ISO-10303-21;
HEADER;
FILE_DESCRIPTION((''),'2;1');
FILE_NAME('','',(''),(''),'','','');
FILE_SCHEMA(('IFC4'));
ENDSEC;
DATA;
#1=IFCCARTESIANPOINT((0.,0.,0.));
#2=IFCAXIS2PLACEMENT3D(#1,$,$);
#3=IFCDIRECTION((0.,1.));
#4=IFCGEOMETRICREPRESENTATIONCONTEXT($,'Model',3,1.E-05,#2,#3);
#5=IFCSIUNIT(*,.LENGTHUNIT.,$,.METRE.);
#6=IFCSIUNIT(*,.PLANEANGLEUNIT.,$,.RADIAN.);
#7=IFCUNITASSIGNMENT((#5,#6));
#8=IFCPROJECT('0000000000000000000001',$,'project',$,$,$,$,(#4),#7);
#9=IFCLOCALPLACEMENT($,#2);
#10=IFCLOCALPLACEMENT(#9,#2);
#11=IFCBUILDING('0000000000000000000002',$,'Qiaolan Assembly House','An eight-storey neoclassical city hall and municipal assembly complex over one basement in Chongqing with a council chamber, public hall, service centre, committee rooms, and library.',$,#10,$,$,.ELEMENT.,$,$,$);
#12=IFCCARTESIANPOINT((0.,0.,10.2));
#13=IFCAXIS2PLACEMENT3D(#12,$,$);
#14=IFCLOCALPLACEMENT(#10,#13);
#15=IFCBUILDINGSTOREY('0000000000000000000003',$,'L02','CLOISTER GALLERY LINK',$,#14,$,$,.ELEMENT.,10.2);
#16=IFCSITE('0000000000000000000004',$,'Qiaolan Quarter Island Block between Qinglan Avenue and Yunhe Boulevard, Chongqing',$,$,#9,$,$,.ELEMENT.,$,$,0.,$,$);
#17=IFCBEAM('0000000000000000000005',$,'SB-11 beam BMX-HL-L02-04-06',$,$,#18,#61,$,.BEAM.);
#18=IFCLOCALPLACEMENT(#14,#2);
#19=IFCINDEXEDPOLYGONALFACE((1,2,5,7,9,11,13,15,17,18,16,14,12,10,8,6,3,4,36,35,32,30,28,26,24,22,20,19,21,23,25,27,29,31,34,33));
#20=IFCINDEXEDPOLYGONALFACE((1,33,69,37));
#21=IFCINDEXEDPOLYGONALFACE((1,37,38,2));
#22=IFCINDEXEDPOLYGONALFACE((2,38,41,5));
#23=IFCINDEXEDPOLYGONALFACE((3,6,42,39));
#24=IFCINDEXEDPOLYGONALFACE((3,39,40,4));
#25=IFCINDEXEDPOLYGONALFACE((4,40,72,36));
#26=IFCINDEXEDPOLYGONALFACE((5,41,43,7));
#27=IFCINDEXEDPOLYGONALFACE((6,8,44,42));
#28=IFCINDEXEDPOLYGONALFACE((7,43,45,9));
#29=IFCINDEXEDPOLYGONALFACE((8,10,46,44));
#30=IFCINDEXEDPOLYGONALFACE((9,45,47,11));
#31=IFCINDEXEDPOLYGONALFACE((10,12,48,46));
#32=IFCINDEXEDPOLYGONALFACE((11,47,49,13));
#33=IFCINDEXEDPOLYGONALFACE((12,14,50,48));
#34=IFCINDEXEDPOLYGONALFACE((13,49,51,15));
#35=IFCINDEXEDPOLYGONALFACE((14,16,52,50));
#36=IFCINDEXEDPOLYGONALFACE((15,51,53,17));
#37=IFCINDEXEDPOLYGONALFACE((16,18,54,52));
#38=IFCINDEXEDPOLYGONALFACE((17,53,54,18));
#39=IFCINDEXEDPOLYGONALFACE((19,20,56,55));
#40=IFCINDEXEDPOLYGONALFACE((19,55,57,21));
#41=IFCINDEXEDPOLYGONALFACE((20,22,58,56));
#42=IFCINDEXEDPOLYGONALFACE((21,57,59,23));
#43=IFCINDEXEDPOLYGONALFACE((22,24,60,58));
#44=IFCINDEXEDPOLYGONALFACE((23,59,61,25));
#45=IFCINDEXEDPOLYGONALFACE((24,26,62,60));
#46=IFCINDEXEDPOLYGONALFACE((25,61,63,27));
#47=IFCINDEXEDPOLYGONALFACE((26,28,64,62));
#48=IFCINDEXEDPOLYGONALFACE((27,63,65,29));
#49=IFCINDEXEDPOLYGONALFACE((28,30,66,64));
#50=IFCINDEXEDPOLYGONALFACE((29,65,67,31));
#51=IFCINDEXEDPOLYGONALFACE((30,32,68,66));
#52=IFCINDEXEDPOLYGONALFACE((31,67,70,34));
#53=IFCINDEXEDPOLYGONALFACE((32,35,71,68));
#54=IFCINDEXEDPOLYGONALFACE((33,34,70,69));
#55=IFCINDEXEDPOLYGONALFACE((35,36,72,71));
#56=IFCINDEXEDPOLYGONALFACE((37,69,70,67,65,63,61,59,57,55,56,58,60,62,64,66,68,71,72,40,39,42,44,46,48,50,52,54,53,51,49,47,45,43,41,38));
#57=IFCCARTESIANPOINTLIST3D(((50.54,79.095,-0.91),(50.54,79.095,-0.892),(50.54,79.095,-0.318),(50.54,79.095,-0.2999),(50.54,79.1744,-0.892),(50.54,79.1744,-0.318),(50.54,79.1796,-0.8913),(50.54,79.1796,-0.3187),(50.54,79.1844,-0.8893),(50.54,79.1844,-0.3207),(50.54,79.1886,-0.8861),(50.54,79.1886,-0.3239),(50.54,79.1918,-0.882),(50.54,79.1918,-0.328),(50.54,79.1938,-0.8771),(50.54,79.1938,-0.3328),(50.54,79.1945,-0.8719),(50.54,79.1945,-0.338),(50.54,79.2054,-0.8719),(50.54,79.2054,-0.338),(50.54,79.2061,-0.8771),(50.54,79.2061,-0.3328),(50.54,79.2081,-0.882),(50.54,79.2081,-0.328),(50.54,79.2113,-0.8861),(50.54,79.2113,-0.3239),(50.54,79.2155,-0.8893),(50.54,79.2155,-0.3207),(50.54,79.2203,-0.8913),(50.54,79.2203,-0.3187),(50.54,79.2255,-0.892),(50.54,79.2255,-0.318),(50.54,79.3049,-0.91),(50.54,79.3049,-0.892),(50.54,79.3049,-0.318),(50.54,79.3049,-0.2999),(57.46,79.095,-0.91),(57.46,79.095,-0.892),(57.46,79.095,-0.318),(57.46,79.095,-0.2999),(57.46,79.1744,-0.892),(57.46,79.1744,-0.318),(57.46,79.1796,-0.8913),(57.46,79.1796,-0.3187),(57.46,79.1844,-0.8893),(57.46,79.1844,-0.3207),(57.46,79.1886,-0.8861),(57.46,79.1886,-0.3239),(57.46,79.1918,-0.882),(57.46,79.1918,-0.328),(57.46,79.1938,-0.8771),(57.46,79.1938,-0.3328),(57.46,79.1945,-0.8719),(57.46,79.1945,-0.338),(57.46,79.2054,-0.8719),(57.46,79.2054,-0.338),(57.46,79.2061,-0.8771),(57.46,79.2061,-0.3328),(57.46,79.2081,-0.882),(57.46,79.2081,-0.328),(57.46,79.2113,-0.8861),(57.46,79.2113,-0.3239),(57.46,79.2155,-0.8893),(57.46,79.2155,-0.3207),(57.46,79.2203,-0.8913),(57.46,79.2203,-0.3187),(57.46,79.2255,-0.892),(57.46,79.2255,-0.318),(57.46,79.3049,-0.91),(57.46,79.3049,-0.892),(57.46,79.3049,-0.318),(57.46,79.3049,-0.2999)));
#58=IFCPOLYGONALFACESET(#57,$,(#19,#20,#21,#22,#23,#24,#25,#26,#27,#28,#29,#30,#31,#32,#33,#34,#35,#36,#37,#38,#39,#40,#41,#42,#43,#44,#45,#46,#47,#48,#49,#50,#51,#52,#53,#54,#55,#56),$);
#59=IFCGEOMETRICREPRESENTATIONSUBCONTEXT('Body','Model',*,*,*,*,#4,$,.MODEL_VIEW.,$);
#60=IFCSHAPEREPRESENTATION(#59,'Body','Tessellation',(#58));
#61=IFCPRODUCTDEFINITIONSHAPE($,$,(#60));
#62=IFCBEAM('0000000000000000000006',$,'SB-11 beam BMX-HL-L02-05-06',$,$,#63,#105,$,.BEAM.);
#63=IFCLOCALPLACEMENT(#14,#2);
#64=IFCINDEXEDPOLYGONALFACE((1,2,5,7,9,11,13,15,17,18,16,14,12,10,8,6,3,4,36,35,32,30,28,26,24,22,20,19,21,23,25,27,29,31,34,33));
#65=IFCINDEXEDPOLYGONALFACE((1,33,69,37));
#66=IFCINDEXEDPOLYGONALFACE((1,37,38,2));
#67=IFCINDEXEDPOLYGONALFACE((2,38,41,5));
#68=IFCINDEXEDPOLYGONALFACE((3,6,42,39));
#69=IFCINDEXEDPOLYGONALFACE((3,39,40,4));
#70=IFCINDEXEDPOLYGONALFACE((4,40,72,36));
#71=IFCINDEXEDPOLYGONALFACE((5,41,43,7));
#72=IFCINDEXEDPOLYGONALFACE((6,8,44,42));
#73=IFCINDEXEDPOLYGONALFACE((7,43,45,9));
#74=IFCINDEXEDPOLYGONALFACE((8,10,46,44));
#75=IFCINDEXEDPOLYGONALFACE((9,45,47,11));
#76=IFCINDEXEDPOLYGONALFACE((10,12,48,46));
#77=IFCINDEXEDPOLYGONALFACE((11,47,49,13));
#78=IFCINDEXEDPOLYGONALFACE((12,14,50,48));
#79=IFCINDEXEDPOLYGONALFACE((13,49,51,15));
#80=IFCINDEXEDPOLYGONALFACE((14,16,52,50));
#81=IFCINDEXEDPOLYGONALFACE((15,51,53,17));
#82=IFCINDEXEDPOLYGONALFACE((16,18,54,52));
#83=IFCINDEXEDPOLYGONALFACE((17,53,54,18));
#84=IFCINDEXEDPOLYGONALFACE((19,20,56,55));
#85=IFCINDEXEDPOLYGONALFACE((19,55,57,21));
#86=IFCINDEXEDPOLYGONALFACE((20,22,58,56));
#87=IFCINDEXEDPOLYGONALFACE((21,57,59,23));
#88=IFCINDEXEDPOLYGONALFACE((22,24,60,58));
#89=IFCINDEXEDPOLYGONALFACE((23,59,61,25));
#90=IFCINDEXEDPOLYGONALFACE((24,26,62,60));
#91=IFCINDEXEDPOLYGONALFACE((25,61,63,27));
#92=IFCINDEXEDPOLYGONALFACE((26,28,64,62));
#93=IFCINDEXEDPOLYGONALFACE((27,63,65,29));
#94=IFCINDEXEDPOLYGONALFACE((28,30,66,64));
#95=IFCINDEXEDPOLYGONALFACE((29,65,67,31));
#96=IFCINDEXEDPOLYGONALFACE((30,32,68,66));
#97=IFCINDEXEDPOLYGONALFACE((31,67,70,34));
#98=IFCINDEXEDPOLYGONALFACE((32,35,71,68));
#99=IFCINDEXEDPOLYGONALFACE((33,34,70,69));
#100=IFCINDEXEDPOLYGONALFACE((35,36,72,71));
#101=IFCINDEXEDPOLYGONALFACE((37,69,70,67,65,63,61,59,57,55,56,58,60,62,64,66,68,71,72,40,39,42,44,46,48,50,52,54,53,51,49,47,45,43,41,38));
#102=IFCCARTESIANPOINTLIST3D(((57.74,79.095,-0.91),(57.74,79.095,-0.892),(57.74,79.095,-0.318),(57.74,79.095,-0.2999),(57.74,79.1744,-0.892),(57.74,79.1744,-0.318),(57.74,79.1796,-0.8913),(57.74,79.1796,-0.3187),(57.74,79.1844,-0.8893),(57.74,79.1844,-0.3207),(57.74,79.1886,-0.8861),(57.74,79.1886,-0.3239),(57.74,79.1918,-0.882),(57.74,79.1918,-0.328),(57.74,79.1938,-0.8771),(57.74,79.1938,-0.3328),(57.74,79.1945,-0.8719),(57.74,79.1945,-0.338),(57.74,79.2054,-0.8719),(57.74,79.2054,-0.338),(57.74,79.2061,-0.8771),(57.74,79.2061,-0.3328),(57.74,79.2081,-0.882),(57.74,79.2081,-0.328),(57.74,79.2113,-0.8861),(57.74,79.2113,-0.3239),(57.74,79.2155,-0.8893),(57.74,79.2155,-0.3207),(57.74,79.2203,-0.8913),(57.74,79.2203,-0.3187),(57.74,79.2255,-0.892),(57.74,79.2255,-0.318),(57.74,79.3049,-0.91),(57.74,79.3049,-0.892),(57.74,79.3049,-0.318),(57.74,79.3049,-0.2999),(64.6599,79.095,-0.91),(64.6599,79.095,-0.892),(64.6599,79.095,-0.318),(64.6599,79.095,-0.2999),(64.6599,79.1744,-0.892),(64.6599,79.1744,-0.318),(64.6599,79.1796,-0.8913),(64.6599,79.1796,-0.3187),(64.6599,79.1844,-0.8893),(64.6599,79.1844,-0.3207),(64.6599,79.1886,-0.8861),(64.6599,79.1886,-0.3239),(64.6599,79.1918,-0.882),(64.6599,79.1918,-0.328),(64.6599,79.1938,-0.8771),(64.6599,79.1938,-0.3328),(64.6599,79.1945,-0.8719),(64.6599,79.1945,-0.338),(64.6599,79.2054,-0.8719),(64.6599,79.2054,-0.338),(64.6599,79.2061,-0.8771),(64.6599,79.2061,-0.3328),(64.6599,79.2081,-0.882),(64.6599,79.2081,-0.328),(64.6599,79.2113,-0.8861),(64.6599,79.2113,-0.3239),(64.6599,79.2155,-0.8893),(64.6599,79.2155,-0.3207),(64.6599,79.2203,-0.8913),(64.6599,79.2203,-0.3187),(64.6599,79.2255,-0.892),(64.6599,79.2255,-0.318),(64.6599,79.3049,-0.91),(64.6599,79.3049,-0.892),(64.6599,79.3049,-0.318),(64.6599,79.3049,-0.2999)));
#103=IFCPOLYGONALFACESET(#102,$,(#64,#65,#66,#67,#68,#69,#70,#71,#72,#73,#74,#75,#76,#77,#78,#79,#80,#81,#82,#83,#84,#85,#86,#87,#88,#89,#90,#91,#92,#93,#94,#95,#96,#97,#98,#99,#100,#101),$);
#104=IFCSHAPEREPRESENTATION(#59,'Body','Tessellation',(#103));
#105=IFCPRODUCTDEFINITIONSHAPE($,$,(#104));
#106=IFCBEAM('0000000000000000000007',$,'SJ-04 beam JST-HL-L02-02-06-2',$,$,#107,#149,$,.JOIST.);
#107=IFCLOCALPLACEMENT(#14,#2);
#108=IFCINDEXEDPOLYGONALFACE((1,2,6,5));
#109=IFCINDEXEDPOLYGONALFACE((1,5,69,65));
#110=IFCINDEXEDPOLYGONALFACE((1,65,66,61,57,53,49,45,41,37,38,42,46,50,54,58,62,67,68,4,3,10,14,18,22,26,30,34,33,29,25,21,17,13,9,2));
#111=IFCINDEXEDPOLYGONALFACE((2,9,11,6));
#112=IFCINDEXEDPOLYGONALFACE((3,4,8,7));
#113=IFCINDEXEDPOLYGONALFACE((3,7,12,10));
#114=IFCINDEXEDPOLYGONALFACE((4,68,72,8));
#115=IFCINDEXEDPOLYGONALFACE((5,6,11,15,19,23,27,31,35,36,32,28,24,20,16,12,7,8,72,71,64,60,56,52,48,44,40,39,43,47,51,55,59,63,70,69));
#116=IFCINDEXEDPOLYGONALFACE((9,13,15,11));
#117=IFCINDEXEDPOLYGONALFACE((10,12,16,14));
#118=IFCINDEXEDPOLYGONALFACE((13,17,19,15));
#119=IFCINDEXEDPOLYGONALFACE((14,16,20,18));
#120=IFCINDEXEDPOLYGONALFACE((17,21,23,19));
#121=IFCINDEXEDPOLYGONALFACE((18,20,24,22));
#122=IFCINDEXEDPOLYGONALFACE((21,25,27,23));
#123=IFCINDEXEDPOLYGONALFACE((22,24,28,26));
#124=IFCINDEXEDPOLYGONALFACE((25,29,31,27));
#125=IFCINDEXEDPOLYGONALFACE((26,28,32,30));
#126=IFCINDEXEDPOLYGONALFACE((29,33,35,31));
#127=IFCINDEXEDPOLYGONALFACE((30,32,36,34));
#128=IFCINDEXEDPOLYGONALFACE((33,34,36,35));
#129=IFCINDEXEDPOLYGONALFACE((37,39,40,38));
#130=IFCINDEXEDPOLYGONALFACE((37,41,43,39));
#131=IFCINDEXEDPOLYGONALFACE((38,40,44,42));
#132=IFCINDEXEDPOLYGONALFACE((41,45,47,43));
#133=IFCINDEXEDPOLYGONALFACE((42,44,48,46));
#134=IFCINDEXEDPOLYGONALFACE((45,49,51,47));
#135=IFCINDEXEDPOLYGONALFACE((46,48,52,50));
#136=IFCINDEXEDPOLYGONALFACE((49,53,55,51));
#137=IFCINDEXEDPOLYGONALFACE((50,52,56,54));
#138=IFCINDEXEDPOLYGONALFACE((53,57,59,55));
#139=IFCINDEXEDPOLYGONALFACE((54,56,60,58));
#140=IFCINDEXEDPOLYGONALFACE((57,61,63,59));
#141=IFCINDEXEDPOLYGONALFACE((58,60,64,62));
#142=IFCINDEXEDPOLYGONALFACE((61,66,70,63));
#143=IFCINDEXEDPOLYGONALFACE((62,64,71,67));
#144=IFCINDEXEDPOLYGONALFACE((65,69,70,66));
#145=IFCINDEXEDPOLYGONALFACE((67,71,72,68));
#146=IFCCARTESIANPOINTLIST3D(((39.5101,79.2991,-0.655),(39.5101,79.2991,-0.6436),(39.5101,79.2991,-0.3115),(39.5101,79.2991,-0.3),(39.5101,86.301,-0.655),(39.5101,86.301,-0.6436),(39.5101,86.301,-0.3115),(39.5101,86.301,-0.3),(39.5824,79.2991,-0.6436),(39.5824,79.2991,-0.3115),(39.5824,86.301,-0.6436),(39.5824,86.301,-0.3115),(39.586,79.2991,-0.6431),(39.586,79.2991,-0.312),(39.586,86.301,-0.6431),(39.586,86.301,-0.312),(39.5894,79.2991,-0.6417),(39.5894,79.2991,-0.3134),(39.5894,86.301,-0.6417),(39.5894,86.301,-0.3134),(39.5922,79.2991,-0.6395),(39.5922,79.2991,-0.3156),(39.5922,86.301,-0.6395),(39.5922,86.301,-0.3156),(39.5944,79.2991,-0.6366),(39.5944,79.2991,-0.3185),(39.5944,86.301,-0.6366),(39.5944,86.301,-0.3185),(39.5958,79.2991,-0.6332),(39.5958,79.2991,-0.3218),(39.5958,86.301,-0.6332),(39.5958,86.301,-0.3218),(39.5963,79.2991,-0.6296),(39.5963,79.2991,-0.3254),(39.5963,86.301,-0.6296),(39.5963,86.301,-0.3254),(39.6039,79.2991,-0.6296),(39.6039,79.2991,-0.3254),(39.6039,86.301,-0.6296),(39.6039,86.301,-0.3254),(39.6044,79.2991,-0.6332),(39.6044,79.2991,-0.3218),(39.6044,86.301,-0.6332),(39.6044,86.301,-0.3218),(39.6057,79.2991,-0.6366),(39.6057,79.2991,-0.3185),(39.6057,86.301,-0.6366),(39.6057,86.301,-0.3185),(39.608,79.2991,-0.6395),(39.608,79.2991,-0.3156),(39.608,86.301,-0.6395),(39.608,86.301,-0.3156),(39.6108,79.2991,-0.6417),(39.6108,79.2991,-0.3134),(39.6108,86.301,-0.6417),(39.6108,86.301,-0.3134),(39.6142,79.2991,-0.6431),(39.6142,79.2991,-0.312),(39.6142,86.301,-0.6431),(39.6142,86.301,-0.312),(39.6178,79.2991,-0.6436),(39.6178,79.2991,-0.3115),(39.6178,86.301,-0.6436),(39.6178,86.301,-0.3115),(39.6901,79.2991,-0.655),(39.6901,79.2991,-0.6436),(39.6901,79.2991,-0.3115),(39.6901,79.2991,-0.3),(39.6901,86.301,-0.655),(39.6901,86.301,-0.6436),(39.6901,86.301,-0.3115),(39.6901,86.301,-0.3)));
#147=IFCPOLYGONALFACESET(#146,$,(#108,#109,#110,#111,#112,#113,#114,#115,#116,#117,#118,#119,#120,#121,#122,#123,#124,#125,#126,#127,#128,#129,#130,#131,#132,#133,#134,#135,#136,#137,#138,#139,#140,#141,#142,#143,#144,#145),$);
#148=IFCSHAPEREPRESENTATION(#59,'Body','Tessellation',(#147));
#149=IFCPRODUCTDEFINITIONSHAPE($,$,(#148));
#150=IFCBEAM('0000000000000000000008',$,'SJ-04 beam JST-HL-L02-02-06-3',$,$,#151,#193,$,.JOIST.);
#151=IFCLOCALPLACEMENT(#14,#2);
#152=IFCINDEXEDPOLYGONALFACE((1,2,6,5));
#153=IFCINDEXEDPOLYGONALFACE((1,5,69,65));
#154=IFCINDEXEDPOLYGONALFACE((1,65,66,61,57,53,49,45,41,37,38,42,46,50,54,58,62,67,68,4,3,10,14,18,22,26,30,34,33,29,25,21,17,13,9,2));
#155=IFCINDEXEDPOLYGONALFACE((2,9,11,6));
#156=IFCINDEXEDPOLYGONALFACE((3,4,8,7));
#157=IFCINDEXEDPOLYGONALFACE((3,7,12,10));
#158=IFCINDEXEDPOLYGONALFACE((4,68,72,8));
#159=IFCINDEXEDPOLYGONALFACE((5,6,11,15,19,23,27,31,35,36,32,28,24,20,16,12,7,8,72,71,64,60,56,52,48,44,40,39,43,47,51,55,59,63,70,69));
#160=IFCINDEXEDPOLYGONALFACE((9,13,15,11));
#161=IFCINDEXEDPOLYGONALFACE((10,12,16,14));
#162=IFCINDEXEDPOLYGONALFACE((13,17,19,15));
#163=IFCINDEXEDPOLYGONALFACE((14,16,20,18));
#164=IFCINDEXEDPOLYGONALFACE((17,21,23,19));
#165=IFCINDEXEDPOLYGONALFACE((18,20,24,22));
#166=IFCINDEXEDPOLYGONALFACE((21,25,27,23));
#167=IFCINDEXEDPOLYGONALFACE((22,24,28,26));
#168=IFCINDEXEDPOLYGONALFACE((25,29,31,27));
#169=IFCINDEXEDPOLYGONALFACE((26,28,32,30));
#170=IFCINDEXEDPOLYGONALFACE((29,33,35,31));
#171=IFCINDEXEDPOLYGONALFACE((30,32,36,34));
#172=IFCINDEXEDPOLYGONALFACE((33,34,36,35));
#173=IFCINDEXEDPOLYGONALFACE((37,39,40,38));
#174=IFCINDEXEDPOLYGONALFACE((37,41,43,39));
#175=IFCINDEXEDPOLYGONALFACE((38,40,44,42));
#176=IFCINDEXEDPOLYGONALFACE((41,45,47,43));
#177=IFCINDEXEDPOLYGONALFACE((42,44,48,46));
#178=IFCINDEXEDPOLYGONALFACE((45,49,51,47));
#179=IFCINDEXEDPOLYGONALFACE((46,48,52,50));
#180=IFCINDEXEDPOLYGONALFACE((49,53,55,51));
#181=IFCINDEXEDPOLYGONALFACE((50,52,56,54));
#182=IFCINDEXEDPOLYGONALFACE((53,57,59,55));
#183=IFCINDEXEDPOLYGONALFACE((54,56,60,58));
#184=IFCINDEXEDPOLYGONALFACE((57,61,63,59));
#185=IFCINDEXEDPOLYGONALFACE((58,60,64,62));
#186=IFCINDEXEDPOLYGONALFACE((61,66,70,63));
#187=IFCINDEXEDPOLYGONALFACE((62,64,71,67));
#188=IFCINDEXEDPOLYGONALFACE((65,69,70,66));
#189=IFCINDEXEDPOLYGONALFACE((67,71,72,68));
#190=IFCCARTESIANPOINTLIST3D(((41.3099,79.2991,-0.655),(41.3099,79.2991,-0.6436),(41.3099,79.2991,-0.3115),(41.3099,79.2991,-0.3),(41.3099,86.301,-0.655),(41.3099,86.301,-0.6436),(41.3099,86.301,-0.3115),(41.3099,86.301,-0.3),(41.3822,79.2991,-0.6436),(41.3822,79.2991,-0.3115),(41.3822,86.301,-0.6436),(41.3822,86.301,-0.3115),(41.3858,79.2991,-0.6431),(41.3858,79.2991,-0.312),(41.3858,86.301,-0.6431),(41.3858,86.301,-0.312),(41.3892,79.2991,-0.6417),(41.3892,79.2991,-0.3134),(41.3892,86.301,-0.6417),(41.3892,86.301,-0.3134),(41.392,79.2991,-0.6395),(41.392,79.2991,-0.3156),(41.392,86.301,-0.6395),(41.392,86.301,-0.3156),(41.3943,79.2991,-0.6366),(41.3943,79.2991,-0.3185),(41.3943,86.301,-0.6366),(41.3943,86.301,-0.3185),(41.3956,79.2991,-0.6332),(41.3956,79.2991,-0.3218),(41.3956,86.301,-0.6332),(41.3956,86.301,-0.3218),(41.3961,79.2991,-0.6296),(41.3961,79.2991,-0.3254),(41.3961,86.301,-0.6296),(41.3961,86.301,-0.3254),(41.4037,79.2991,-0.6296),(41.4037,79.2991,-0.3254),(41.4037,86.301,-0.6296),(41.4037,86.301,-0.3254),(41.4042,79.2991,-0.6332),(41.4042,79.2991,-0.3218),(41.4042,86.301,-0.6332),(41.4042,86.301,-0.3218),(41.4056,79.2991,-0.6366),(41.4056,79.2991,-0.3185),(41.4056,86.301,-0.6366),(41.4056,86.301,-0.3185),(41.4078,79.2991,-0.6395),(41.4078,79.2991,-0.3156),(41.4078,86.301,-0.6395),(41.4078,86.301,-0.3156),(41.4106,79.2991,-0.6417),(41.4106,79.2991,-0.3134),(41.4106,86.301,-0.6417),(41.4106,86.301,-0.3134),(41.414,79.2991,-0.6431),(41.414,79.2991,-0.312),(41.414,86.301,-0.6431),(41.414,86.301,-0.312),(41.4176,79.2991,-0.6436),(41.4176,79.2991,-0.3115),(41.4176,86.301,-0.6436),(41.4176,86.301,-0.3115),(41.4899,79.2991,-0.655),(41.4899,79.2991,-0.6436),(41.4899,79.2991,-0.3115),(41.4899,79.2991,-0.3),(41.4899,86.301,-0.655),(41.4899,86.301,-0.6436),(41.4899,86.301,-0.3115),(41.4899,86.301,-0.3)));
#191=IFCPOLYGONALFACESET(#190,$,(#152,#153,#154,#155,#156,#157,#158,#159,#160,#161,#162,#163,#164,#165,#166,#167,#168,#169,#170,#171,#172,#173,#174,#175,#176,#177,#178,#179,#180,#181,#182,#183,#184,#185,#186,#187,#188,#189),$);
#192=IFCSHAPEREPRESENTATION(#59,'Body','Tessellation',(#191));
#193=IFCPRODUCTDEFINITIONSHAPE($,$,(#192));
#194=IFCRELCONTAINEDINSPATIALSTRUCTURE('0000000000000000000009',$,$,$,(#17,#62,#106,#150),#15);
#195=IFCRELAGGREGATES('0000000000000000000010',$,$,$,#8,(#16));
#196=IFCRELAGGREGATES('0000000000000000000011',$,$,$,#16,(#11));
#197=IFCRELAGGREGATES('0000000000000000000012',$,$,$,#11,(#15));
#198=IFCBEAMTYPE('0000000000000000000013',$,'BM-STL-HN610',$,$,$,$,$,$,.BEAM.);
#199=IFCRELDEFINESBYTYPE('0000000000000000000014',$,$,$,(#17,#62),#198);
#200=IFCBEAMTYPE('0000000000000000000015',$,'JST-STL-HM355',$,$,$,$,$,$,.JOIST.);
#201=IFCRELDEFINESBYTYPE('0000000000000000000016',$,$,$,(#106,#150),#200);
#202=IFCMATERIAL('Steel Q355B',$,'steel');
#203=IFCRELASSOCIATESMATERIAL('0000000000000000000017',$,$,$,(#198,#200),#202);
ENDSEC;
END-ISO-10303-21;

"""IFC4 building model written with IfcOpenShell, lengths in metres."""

from ifc_helpers import new_model, si_unit, direction, frame, origin, origin_2d, place, context, subcontext, project, spatial, i_section, extrude, material, material_profile, profile_set, type_object, element, save


model = new_model("IFC4")

# Units and contexts
model_context = context("Model", 3, precision=1e-05, world=origin(), true_north=direction((0.0, 1.0)))
body_context = subcontext(model_context, "Body", "Model", "MODEL_VIEW")
ifc_project = project(units=[si_unit("LENGTHUNIT", "METRE"), si_unit("PLANEANGLEUNIT", "RADIAN")], contexts=[model_context])

# Site, building, storey
site_placement = place(None, origin())
site = spatial("IfcSite", under=ifc_project, at=site_placement, Name="Qiaolan Quarter Island Block between Qinglan Avenue and Yunhe Boulevard, Chongqing", CompositionType="ELEMENT", RefElevation=0.0)
building_placement = place(site_placement, origin())
building = spatial("IfcBuilding", under=site, at=building_placement, Name="Qiaolan Assembly House", Description="An eight-storey neoclassical city hall and municipal assembly complex over one basement in Chongqing with a council chamber, public hall, service centre, committee rooms, and library.", CompositionType="ELEMENT")
storey_placement = place(building_placement, frame((0.0, 0.0, 10.2)))
storey = spatial("IfcBuildingStorey", under=building, at=storey_placement, Name="L02", Description="CLOISTER GALLERY LINK", CompositionType="ELEMENT", Elevation=10.2)

# Shared definitions
ifc_material_1 = material(Name="Steel Q355B", Category="steel")

# Beams
ifc_material_profile_1 = material_profile(ifc_material_1, i_section(OverallWidth=0.21, OverallDepth=0.6101, WebThickness=0.011, FlangeThickness=0.0181, FilletRadius=0.02, at=origin_2d()), Name="HN 610x210x11x18")
ifc_profile_set_1 = profile_set([ifc_material_profile_1], Name="Steel Q355B")
beam_type_1 = type_object("IfcBeamType", Name="BM-STL-HN610", PredefinedType="BEAM", material=ifc_profile_set_1)
for number, where, z_axis, x_axis, name in (
    (1, (50.54, 79.2, -0.605), (1.0, 0.0, 0.0), (0.0, 1.0, 0.0), "SB-11 beam BMX-HL-L02-04-06"),
    (2, (57.74, 79.2, -0.605), (1.0, 0.0, 0.0), (0.0, 1.0, 0.0), "SB-11 beam BMX-HL-L02-05-06"),
):
    element("IfcBeam", number, at=place(storey_placement, frame(where, z_axis=z_axis, x_axis=x_axis)), inside=storey, type_object=beam_type_1, Name=name, PredefinedType="BEAM", context=body_context, shape_type="SweptSolid", body=[
        extrude(i_section(OverallWidth=0.21, OverallDepth=0.6101, WebThickness=0.011, FlangeThickness=0.0181, FilletRadius=0.02, at=origin_2d()), origin(), (0.0, 0.0, 1.0), 6.9199),
    ])
ifc_material_profile_2 = material_profile(ifc_material_1, i_section(OverallWidth=0.1799, OverallDepth=0.355, WebThickness=0.0076, FlangeThickness=0.0115, FilletRadius=0.0139, at=origin_2d()), Name="HM 355x180x7.5x11.5")
ifc_profile_set_2 = profile_set([ifc_material_profile_2], Name="Steel Q355B")
beam_type_2 = type_object("IfcBeamType", Name="JST-STL-HM355", PredefinedType="JOIST", material=ifc_profile_set_2)
for number, where, z_axis, x_axis, name in (
    (3, (39.6001, 79.2991, -0.4775), (0.0, 1.0, 0.0), (-1.0, 0.0, 0.0), "SJ-04 beam JST-HL-L02-02-06-2"),
    (4, (41.3999, 79.2991, -0.4775), (0.0, 1.0, 0.0), (-1.0, 0.0, 0.0), "SJ-04 beam JST-HL-L02-02-06-3"),
):
    element("IfcBeam", number, at=place(storey_placement, frame(where, z_axis=z_axis, x_axis=x_axis)), inside=storey, type_object=beam_type_2, Name=name, PredefinedType="JOIST", context=body_context, shape_type="SweptSolid", body=[
        extrude(i_section(OverallWidth=0.1799, OverallDepth=0.355, WebThickness=0.0076, FlangeThickness=0.0115, FilletRadius=0.0139, at=origin_2d()), origin(), (0.0, 0.0, 1.0), 7.002),
    ])

save(model, "model.ifc")
